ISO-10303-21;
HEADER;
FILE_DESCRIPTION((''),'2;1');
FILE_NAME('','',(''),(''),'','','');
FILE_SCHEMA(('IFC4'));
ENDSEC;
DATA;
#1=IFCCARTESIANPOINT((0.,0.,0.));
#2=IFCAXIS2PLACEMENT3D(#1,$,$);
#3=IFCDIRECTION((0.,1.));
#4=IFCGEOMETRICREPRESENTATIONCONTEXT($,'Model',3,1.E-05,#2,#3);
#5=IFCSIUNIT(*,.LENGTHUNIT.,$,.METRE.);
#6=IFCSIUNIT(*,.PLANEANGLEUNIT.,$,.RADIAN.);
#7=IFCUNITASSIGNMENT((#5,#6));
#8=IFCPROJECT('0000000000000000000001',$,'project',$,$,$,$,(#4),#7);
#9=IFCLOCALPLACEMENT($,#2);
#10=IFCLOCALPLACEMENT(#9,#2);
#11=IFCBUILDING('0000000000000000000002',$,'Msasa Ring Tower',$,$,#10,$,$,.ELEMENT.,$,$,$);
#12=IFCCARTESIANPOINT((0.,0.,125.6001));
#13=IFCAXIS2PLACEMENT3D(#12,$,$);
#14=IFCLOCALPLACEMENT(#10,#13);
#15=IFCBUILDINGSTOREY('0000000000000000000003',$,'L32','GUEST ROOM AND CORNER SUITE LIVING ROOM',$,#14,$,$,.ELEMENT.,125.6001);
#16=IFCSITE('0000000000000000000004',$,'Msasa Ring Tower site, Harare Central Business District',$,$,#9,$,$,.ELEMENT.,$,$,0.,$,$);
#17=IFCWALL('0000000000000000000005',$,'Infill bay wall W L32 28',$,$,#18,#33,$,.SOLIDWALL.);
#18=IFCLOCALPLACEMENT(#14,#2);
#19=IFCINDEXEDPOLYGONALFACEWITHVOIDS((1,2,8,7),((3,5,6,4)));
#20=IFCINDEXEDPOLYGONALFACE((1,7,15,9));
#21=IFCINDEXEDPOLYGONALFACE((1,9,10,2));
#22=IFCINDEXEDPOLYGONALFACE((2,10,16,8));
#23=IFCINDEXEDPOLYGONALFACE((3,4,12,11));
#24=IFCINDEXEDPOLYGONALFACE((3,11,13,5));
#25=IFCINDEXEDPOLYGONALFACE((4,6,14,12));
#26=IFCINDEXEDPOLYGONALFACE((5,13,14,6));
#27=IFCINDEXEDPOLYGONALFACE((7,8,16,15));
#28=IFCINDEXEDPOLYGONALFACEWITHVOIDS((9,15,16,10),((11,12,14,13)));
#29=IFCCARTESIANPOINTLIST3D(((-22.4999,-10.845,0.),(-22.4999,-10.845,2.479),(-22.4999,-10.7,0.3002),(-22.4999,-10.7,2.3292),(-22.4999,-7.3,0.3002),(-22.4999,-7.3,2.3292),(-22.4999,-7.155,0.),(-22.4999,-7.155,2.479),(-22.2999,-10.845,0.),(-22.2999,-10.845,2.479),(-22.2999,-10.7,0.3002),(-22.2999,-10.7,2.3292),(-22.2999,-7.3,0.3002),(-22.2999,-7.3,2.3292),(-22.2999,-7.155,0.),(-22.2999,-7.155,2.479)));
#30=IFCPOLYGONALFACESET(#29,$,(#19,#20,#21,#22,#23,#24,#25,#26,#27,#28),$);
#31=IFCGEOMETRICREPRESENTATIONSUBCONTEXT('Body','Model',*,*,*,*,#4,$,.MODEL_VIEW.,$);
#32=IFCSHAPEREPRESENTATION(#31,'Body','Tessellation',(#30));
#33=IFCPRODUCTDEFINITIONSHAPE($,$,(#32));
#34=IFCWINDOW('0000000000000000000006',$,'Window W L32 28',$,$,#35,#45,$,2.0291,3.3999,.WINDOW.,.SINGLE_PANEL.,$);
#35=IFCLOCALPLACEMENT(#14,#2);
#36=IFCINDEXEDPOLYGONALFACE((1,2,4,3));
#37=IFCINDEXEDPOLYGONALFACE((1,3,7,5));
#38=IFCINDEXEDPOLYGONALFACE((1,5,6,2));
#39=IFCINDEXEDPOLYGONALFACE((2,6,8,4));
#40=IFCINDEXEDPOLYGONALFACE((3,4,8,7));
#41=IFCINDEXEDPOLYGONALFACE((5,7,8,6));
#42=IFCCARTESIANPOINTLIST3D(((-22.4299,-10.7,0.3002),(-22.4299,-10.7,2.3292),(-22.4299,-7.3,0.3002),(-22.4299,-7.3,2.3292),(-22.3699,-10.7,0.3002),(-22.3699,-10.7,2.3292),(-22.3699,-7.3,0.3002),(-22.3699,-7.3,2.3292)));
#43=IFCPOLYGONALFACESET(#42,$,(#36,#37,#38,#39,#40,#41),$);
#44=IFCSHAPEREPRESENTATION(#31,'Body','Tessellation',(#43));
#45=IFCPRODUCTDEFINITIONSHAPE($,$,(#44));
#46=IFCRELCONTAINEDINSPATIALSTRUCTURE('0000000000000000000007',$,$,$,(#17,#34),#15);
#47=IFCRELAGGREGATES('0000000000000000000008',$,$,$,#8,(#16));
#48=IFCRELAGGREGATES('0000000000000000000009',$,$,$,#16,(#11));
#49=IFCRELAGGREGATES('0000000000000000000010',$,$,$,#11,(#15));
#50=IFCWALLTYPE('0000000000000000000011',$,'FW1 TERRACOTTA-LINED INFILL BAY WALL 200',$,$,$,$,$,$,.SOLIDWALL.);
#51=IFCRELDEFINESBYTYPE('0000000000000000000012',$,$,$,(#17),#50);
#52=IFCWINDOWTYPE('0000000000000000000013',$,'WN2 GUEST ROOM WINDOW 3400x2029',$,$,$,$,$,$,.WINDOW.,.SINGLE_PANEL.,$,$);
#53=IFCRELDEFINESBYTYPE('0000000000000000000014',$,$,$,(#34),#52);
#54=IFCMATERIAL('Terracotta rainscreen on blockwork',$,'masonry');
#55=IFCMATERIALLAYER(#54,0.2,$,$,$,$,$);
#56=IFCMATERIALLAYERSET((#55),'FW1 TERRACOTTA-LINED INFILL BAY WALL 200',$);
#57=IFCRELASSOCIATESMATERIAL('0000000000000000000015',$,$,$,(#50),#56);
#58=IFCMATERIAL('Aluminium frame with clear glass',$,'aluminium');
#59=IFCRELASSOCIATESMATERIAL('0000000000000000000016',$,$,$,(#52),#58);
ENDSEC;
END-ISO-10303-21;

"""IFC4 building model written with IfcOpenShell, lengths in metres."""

from ifc_helpers import new_model, si_unit, direction, frame, frame_2d, origin, place, context, subcontext, project, spatial, rectangle, extrude, material, layer, layer_set, type_object, element, fill, save


model = new_model("IFC4")

# Units and contexts
model_context = context("Model", 3, precision=1e-05, world=origin(), true_north=direction((0.0, 1.0)))
body_context = subcontext(model_context, "Body", "Model", "MODEL_VIEW")
ifc_project = project(units=[si_unit("LENGTHUNIT", "METRE"), si_unit("PLANEANGLEUNIT", "RADIAN")], contexts=[model_context])

# Site, building, storey
site_placement = place(None, origin())
site = spatial("IfcSite", under=ifc_project, at=site_placement, Name="Msasa Ring Tower site, Harare Central Business District", CompositionType="ELEMENT", RefElevation=0.0)
building_placement = place(site_placement, origin())
building = spatial("IfcBuilding", under=site, at=building_placement, Name="Msasa Ring Tower", CompositionType="ELEMENT")
storey_placement = place(building_placement, frame((0.0, 0.0, 125.6001)))
storey = spatial("IfcBuildingStorey", under=building, at=storey_placement, Name="L32", Description="GUEST ROOM AND CORNER SUITE LIVING ROOM", CompositionType="ELEMENT", Elevation=125.6001)

# Wall, opening, window
ifc_material_1 = material(Name="Terracotta rainscreen on blockwork", Category="masonry")
ifc_layer = layer(ifc_material_1, 0.2)
ifc_layer_set = layer_set([ifc_layer], Name="FW1 TERRACOTTA-LINED INFILL BAY WALL 200")
wall_type = type_object("IfcWallType", Name="FW1 TERRACOTTA-LINED INFILL BAY WALL 200", PredefinedType="SOLIDWALL", material=ifc_layer_set)
ifc_material_2 = material(Name="Aluminium frame with clear glass", Category="aluminium")
window_type = type_object("IfcWindowType", Name="WN2 GUEST ROOM WINDOW 3400x2029", PartitioningType="SINGLE_PANEL", PredefinedType="WINDOW", material=ifc_material_2)
wall_1_placement = place(storey_placement, frame((-22.3999, -10.845, 0.0), z_axis=(0.0, 0.0, 1.0), x_axis=(0.0, 1.0, 0.0)))
wall_1 = element("IfcWall", 1, at=wall_1_placement, inside=storey, type_object=wall_type, Name="Infill bay wall W L32 28", PredefinedType="SOLIDWALL", context=body_context, shape_type="SweptSolid", body=[
    extrude(rectangle(XDim=3.6899, YDim=0.2, at=frame_2d((1.845, 0.0))), origin(), (0.0, 0.0, 1.0), 2.479),
])
opening_1_placement = place(wall_1_placement, frame((0.145, 0.0, 0.3)))
opening_1 = element("IfcOpeningElement", 2, at=opening_1_placement, cuts=wall_1, PredefinedType="OPENING", context=body_context, shape_type="SweptSolid", body=[
    extrude(rectangle(XDim=3.3999, YDim=2.0291, at=frame_2d((1.7, 1.0146))), frame((0.0, 0.1099, 0.0), z_axis=(0.0, -1.0, 0.0), x_axis=(1.0, 0.0, 0.0)), (0.0, 0.0, 1.0), 0.22),
])
window_1_placement = place(opening_1_placement, origin())
window_1 = element("IfcWindow", 3, at=window_1_placement, inside=storey, type_object=window_type, Name="Window W L32 28", OverallHeight=2.0291, OverallWidth=3.3999, PartitioningType="SINGLE_PANEL", PredefinedType="WINDOW", context=body_context, shape_type="SweptSolid", body=[
    extrude(rectangle(XDim=3.3999, YDim=2.0291, at=frame_2d((1.7, 1.0146))), frame((0.0, 0.03, 0.0), z_axis=(0.0, -1.0, 0.0), x_axis=(1.0, 0.0, 0.0)), (0.0, 0.0, 1.0), 0.0601),
])
fill(opening_1, window_1)

save(model, "model.ifc")
